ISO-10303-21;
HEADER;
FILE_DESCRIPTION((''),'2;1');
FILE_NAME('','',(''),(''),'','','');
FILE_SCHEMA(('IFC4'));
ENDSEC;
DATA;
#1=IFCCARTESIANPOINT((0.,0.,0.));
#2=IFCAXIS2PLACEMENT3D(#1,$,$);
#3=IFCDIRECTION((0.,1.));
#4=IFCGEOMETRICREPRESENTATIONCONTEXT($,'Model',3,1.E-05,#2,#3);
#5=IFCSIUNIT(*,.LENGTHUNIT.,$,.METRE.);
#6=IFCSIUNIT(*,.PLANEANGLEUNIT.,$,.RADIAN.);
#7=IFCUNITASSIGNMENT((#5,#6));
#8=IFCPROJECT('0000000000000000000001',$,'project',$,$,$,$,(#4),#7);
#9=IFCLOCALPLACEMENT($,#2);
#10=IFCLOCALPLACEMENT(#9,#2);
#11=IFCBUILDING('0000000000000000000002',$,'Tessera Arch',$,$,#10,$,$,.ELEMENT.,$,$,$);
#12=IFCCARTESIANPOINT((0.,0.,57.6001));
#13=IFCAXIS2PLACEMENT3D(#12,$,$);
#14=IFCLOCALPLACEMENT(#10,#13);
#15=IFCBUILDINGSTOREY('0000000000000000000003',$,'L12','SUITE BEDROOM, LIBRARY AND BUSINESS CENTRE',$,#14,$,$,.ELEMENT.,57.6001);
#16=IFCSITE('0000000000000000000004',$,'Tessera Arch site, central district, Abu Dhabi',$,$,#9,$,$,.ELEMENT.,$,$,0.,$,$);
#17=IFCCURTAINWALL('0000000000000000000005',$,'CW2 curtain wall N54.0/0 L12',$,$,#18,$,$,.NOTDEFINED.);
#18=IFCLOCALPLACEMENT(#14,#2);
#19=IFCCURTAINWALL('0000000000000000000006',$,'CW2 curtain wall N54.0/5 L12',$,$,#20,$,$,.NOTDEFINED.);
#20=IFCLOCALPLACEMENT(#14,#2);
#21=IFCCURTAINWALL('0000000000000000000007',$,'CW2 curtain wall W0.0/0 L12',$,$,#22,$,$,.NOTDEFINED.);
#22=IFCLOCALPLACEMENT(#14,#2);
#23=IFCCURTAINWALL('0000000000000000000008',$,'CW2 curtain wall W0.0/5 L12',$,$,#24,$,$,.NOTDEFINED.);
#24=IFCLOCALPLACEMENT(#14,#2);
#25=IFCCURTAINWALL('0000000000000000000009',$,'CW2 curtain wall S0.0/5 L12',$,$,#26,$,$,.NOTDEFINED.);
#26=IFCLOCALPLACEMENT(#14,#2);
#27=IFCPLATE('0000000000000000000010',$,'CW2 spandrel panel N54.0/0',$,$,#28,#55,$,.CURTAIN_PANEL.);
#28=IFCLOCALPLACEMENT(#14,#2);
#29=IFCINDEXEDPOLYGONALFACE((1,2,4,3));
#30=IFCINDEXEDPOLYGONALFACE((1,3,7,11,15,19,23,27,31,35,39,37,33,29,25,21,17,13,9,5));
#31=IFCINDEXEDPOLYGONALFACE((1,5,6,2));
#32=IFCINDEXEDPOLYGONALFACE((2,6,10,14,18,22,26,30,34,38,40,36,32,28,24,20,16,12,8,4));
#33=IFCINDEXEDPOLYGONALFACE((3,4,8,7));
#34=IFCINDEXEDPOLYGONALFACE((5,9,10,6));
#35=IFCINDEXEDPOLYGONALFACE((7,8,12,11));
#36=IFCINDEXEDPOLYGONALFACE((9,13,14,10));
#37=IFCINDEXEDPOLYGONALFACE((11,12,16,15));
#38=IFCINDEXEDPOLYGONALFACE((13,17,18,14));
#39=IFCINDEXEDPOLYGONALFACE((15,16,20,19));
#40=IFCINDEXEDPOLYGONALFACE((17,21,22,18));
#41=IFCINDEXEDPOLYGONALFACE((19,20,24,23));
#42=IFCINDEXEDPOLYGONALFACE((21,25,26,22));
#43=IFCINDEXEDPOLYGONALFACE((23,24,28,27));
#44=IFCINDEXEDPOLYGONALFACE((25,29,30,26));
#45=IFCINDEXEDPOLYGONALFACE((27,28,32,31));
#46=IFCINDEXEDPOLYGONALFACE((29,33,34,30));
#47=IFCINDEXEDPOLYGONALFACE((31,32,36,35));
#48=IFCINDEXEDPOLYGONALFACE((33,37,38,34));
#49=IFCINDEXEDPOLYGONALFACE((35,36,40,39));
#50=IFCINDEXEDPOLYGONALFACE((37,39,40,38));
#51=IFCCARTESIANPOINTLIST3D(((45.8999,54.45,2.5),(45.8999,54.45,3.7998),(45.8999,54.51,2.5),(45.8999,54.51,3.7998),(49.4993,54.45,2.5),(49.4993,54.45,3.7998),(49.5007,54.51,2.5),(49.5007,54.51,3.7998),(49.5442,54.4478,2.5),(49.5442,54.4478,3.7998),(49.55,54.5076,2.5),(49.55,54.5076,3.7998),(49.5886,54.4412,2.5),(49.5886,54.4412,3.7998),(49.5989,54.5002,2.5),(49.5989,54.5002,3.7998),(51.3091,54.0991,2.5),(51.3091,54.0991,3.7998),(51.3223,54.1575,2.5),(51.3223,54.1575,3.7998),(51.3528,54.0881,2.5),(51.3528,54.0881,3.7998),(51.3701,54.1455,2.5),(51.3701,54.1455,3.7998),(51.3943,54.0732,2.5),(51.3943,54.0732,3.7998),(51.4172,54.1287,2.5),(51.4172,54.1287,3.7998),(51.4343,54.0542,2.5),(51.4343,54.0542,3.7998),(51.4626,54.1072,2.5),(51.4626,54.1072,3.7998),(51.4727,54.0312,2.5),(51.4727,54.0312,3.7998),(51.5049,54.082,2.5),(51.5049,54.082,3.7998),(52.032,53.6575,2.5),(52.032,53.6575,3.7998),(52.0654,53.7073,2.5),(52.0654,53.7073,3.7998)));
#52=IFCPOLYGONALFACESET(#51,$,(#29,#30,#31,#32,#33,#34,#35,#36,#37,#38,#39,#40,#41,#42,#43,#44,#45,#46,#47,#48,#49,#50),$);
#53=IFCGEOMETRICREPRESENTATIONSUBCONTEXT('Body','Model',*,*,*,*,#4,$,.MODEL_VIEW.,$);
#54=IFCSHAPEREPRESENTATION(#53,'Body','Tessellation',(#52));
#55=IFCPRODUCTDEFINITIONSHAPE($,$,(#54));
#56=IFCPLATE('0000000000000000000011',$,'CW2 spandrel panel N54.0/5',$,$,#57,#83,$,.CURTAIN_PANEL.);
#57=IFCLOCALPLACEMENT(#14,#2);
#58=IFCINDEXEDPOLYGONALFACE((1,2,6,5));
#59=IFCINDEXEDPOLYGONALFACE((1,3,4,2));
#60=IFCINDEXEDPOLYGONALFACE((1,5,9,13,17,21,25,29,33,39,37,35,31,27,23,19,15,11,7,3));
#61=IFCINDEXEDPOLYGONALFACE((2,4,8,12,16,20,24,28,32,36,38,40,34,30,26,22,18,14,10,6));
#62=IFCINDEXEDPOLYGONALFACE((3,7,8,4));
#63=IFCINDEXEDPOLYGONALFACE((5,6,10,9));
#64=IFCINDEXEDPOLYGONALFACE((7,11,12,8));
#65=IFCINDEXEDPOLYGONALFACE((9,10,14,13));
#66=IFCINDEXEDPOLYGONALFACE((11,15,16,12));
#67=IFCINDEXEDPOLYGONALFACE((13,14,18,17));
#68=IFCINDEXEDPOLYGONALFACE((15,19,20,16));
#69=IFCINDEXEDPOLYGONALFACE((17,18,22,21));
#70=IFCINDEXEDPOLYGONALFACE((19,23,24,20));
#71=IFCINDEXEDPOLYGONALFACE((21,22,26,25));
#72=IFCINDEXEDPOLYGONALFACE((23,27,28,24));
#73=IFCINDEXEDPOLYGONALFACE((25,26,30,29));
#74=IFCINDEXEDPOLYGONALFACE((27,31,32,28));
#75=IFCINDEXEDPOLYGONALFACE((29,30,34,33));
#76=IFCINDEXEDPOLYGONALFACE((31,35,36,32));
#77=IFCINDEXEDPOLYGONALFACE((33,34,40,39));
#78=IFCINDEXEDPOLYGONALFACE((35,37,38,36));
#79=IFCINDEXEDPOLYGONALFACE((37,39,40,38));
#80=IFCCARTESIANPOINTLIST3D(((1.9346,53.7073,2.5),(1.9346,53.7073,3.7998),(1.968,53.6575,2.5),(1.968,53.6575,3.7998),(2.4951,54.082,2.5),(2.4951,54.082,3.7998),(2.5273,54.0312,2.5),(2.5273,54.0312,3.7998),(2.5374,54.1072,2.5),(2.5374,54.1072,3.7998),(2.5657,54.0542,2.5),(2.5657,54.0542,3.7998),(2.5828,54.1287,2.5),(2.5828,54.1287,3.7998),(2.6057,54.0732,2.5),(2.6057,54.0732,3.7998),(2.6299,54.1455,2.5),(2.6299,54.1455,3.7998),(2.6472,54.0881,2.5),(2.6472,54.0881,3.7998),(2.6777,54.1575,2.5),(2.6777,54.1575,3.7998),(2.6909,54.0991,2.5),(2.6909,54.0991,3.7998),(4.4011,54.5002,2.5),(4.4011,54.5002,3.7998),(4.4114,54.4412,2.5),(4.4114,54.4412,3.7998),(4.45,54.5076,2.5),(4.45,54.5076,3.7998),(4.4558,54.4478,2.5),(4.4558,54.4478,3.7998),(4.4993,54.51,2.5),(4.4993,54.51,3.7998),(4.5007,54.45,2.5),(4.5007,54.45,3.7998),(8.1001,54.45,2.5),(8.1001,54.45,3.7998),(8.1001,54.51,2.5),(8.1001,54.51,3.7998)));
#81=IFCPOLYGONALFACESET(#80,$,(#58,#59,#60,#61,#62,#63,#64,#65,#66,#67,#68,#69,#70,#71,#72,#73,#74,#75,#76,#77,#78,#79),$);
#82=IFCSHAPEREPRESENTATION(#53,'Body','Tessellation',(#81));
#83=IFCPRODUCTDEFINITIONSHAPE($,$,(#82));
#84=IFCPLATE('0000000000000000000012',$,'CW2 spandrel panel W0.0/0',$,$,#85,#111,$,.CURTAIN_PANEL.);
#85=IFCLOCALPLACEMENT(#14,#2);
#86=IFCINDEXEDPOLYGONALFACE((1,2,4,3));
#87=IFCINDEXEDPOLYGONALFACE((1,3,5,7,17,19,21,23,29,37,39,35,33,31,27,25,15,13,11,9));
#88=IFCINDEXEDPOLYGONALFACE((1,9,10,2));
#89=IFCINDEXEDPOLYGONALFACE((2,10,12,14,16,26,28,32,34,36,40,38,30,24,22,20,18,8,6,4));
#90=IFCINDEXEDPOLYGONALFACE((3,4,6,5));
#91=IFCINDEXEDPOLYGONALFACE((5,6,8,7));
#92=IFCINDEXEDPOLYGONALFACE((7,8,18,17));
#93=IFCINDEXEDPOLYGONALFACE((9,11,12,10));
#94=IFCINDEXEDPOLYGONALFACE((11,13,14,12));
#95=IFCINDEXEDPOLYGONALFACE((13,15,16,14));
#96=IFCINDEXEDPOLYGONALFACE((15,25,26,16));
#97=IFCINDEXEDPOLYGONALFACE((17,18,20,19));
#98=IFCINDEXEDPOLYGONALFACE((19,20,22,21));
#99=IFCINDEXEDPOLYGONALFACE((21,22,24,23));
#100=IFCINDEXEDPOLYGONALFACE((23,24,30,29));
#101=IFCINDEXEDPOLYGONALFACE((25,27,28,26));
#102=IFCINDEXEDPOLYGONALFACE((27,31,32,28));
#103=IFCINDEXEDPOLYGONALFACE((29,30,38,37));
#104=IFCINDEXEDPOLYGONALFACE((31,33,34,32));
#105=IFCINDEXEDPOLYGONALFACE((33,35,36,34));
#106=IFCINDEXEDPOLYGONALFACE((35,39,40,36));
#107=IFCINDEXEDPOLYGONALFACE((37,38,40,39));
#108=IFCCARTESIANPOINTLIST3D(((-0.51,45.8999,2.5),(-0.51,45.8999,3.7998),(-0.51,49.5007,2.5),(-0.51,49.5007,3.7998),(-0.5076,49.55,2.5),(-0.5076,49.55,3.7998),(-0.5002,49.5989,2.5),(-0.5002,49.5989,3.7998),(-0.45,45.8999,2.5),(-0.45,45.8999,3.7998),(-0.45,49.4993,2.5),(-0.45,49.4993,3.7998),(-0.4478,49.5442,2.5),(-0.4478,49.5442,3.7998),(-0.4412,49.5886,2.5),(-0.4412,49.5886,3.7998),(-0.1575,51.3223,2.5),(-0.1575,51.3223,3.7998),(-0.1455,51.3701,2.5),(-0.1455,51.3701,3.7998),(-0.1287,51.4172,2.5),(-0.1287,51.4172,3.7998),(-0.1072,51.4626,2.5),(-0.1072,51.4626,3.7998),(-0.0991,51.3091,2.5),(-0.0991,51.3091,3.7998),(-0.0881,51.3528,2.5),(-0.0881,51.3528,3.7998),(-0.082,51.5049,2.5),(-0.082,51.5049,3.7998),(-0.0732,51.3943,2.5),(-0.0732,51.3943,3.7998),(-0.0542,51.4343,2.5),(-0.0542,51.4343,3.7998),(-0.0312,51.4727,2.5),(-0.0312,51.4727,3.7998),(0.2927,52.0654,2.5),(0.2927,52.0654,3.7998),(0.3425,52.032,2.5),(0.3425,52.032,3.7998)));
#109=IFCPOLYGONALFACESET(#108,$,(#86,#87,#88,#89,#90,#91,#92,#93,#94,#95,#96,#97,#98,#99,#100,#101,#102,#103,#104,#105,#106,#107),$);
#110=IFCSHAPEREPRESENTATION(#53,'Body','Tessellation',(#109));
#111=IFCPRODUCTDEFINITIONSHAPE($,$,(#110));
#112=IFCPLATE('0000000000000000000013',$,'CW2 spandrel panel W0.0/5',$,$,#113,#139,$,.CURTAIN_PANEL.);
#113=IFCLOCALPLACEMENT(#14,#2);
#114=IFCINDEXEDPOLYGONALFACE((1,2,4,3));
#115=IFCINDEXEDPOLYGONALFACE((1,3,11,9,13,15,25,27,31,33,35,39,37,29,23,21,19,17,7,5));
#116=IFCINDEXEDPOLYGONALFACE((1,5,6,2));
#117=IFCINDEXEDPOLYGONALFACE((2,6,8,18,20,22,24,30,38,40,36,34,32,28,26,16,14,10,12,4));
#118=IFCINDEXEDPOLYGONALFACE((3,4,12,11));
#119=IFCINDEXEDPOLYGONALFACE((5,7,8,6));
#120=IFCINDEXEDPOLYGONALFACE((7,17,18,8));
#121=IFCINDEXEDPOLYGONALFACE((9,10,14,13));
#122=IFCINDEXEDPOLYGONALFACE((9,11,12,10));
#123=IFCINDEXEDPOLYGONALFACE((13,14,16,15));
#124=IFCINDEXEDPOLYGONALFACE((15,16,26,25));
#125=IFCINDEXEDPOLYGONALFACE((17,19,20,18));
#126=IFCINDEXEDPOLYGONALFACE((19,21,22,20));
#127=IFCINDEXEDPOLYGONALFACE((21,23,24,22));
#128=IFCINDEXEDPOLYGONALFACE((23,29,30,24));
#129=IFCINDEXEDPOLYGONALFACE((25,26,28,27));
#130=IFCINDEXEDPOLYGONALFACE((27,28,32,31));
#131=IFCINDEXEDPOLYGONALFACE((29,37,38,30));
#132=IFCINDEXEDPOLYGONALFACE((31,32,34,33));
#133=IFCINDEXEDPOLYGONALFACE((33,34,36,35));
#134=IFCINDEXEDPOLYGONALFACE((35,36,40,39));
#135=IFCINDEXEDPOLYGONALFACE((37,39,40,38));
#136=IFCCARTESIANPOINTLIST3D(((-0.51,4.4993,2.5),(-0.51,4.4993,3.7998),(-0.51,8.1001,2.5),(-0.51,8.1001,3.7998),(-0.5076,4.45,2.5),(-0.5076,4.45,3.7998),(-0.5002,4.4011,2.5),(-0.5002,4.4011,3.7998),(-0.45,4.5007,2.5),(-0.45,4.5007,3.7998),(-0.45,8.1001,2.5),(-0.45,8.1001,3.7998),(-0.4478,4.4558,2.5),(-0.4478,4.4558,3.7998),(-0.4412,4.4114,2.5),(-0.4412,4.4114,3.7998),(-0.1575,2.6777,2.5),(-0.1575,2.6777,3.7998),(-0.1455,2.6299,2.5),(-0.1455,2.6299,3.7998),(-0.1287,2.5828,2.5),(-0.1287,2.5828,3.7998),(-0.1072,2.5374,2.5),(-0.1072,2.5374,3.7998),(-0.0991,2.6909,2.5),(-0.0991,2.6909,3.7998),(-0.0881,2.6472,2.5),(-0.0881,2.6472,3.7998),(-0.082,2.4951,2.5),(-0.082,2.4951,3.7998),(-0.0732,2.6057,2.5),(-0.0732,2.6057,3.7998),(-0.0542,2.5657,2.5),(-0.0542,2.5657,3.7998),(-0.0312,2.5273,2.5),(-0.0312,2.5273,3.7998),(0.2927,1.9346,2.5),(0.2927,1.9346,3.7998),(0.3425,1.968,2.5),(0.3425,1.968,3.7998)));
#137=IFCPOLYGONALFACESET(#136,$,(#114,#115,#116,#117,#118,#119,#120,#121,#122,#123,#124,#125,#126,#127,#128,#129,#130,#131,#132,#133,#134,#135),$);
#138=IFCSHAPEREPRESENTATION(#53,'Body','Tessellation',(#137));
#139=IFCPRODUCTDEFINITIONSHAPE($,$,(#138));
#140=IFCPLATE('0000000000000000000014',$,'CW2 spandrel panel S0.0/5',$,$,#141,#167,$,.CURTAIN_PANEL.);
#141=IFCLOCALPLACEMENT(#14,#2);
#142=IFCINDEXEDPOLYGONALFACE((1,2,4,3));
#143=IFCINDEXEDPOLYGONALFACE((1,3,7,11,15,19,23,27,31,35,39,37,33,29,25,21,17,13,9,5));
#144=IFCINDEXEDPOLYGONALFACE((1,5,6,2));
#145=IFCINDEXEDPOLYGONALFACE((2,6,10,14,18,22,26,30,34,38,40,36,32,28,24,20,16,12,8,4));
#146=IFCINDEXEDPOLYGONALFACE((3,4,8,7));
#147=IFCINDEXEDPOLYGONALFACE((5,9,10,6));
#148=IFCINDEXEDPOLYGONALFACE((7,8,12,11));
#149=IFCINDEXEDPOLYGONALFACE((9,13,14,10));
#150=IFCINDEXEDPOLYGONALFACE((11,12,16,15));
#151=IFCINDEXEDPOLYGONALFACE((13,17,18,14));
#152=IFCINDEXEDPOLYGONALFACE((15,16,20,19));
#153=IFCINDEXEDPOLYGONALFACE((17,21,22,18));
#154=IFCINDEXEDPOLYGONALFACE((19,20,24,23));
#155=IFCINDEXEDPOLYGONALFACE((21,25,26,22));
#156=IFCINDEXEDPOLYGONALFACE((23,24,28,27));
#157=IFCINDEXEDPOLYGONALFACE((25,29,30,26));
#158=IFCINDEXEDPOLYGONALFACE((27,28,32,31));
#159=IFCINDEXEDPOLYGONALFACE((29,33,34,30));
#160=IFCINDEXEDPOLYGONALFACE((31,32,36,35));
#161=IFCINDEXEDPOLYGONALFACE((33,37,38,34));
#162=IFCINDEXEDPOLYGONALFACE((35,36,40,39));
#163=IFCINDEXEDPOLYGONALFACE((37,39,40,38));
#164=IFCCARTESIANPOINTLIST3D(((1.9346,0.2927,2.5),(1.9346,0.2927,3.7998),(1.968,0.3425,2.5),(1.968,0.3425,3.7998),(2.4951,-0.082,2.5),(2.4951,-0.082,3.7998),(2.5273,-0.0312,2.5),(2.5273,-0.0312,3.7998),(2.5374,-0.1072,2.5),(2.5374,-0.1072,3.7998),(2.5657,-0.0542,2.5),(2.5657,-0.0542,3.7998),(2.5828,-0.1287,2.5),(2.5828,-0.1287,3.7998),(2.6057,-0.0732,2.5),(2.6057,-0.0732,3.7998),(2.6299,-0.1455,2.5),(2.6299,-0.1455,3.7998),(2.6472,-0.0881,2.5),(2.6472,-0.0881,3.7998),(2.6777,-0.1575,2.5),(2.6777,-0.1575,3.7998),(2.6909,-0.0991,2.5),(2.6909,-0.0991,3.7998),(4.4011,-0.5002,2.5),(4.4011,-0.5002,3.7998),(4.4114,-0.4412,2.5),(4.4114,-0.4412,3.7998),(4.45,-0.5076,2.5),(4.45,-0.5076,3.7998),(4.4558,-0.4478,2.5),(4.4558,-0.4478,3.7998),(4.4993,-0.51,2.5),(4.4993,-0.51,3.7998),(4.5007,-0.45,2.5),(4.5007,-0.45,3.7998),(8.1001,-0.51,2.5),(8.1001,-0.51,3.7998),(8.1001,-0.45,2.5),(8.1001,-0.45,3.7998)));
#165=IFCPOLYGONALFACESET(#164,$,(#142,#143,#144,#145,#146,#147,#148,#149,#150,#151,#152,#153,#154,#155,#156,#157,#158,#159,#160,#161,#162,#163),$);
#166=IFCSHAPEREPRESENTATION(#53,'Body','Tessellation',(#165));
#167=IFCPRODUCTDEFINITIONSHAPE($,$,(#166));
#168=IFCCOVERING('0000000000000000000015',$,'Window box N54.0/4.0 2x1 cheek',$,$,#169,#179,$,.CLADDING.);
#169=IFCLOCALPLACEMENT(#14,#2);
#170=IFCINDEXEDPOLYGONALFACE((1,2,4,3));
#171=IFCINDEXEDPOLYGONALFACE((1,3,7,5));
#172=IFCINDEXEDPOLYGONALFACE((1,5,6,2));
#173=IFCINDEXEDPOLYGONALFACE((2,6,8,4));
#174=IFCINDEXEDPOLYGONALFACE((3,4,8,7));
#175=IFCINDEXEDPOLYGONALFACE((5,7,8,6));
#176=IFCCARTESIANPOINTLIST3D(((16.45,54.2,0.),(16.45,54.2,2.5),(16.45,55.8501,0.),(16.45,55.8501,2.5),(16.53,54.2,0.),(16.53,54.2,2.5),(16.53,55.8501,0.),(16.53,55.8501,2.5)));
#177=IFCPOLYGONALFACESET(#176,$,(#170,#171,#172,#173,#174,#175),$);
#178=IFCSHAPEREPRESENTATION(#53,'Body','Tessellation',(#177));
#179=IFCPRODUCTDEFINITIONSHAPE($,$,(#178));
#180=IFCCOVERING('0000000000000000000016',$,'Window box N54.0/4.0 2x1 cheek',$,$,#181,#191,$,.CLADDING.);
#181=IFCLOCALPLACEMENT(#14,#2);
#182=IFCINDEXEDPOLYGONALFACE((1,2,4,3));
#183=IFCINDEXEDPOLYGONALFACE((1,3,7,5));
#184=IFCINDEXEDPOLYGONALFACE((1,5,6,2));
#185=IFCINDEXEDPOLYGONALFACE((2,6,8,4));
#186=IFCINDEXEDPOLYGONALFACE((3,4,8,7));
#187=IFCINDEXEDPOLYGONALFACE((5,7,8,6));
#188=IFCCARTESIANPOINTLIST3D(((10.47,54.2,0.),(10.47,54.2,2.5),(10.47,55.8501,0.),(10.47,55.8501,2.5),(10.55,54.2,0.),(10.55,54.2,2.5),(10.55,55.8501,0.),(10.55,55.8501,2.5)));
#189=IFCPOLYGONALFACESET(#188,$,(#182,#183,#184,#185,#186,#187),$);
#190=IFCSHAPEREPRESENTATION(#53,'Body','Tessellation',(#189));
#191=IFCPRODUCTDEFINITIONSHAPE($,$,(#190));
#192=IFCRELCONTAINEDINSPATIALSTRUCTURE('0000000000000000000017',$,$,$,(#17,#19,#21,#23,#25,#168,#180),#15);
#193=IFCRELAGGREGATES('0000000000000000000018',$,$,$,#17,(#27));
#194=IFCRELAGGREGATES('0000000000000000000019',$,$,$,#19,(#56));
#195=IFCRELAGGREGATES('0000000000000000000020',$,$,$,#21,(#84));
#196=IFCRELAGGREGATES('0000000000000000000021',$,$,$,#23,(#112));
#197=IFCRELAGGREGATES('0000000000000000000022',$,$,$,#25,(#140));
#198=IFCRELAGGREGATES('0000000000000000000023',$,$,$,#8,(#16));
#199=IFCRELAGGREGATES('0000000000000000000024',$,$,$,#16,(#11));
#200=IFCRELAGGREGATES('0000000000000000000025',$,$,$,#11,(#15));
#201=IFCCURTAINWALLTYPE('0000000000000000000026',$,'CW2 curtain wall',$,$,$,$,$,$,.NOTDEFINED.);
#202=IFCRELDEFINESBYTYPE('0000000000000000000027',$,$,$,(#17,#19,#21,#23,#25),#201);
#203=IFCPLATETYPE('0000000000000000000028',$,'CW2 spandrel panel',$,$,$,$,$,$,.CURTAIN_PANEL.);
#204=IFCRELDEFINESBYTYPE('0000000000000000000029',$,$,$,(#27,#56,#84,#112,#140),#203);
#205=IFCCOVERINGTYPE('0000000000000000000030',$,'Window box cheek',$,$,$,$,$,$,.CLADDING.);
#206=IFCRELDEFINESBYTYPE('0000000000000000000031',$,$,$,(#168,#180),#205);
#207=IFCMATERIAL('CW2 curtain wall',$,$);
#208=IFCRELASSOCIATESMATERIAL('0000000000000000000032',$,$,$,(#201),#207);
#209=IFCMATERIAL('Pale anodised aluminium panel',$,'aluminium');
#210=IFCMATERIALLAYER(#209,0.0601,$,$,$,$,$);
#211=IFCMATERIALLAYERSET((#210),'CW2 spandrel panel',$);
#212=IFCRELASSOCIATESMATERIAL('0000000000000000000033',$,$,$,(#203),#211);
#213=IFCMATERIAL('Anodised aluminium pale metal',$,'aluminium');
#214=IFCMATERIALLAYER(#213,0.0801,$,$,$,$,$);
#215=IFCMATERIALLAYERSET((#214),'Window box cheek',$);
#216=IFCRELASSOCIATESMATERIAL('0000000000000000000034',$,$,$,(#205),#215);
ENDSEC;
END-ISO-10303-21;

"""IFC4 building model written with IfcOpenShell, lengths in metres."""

from ifc_helpers import new_model, si_unit, direction, frame, origin, place, context, subcontext, project, spatial, polyline, outline, extrude, material, layer, layer_set, type_object, element, aggregate, save


model = new_model("IFC4")

# Units and contexts
model_context = context("Model", 3, precision=1e-05, world=origin(), true_north=direction((0.0, 1.0)))
body_context = subcontext(model_context, "Body", "Model", "MODEL_VIEW")
ifc_project = project(units=[si_unit("LENGTHUNIT", "METRE"), si_unit("PLANEANGLEUNIT", "RADIAN")], contexts=[model_context])

# Site, building, storey
site_placement = place(None, origin())
site = spatial("IfcSite", under=ifc_project, at=site_placement, Name="Tessera Arch site, central district, Abu Dhabi", CompositionType="ELEMENT", RefElevation=0.0)
building_placement = place(site_placement, origin())
building = spatial("IfcBuilding", under=site, at=building_placement, Name="Tessera Arch", CompositionType="ELEMENT")
storey_placement = place(building_placement, frame((0.0, 0.0, 57.6001)))
storey = spatial("IfcBuildingStorey", under=building, at=storey_placement, Name="L12", Description="SUITE BEDROOM, LIBRARY AND BUSINESS CENTRE", CompositionType="ELEMENT", Elevation=57.6001)

# Curtain walls
ifc_material_1 = material(Name="CW2 curtain wall")
curtain_wall_type = type_object("IfcCurtainWallType", Name="CW2 curtain wall", PredefinedType="NOTDEFINED", material=ifc_material_1)
curtain_wall_1_placement = place(storey_placement, origin())
curtain_wall_1 = element("IfcCurtainWall", 1, at=curtain_wall_1_placement, inside=storey, type_object=curtain_wall_type, Name="CW2 curtain wall N54.0/0 L12", PredefinedType="NOTDEFINED")
curtain_wall_2_placement = place(storey_placement, origin())
curtain_wall_2 = element("IfcCurtainWall", 2, at=curtain_wall_2_placement, inside=storey, type_object=curtain_wall_type, Name="CW2 curtain wall N54.0/5 L12", PredefinedType="NOTDEFINED")
curtain_wall_3_placement = place(storey_placement, origin())
curtain_wall_3 = element("IfcCurtainWall", 3, at=curtain_wall_3_placement, inside=storey, type_object=curtain_wall_type, Name="CW2 curtain wall W0.0/0 L12", PredefinedType="NOTDEFINED")
curtain_wall_4_placement = place(storey_placement, origin())
curtain_wall_4 = element("IfcCurtainWall", 4, at=curtain_wall_4_placement, inside=storey, type_object=curtain_wall_type, Name="CW2 curtain wall W0.0/5 L12", PredefinedType="NOTDEFINED")
curtain_wall_5_placement = place(storey_placement, origin())
curtain_wall_5 = element("IfcCurtainWall", 5, at=curtain_wall_5_placement, inside=storey, type_object=curtain_wall_type, Name="CW2 curtain wall S0.0/5 L12", PredefinedType="NOTDEFINED")

# Plates
ifc_material_2 = material(Name="Pale anodised aluminium panel", Category="aluminium")
ifc_layer_1 = layer(ifc_material_2, 0.0601)
ifc_layer_set_1 = layer_set([ifc_layer_1], Name="CW2 spandrel panel")
plate_type_1 = type_object("IfcPlateType", Name="CW2 spandrel panel", PredefinedType="CURTAIN_PANEL", material=ifc_layer_set_1)
plate_1_placement = place(storey_placement, frame((0.0, 0.0, 2.5)))
plate_1 = element("IfcPlate", 6, at=plate_1_placement, type_object=plate_type_1, Name="CW2 spandrel panel N54.0/0", PredefinedType="CURTAIN_PANEL", context=body_context, shape_type="SweptSolid", body=[
    extrude(outline(polyline([(51.4727, 54.0312), (52.032, 53.6575), (52.0654, 53.7073), (51.5049, 54.082), (51.4626, 54.1072), (51.4172, 54.1287), (51.3701, 54.1455), (51.3223, 54.1575), (49.5989, 54.5002), (49.55, 54.5076), (49.5007, 54.51), (45.8999, 54.51), (45.8999, 54.45), (49.4993, 54.45), (49.5442, 54.4478), (49.5886, 54.4412), (51.3091, 54.0991), (51.3528, 54.0881), (51.3943, 54.0732), (51.4343, 54.0542), (51.4727, 54.0312)])), origin(), (0.0, 0.0, 1.0), 1.2998),
])
aggregate(curtain_wall_1, [plate_1])
plate_2_placement = place(storey_placement, frame((0.0, 0.0, 2.5)))
plate_2 = element("IfcPlate", 7, at=plate_2_placement, type_object=plate_type_1, Name="CW2 spandrel panel N54.0/5", PredefinedType="CURTAIN_PANEL", context=body_context, shape_type="SweptSolid", body=[
    extrude(outline(polyline([(4.5007, 54.45), (8.1001, 54.45), (8.1001, 54.51), (4.4993, 54.51), (4.45, 54.5076), (4.4011, 54.5002), (2.6777, 54.1575), (2.6299, 54.1455), (2.5828, 54.1287), (2.5374, 54.1072), (2.4951, 54.082), (1.9346, 53.7073), (1.968, 53.6575), (2.5273, 54.0312), (2.5657, 54.0542), (2.6057, 54.0732), (2.6472, 54.0881), (2.6909, 54.0991), (4.4114, 54.4412), (4.4558, 54.4478), (4.5007, 54.45)])), origin(), (0.0, 0.0, 1.0), 1.2998),
])
aggregate(curtain_wall_2, [plate_2])
plate_3_placement = place(storey_placement, frame((0.0, 0.0, 2.5)))
plate_3 = element("IfcPlate", 8, at=plate_3_placement, type_object=plate_type_1, Name="CW2 spandrel panel W0.0/0", PredefinedType="CURTAIN_PANEL", context=body_context, shape_type="SweptSolid", body=[
    extrude(outline(polyline([(-0.0312, 51.4727), (0.3425, 52.032), (0.2927, 52.0654), (-0.082, 51.5049), (-0.1072, 51.4626), (-0.1287, 51.4172), (-0.1455, 51.3701), (-0.1575, 51.3223), (-0.5002, 49.5989), (-0.5076, 49.55), (-0.51, 49.5007), (-0.51, 45.8999), (-0.45, 45.8999), (-0.45, 49.4993), (-0.4478, 49.5442), (-0.4412, 49.5886), (-0.0991, 51.3091), (-0.0881, 51.3528), (-0.0732, 51.3943), (-0.0542, 51.4343), (-0.0312, 51.4727)])), origin(), (0.0, 0.0, 1.0), 1.2998),
])
aggregate(curtain_wall_3, [plate_3])
plate_4_placement = place(storey_placement, frame((0.0, 0.0, 2.5)))
plate_4 = element("IfcPlate", 9, at=plate_4_placement, type_object=plate_type_1, Name="CW2 spandrel panel W0.0/5", PredefinedType="CURTAIN_PANEL", context=body_context, shape_type="SweptSolid", body=[
    extrude(outline(polyline([(-0.45, 4.5007), (-0.45, 8.1001), (-0.51, 8.1001), (-0.51, 4.4993), (-0.5076, 4.45), (-0.5002, 4.4011), (-0.1575, 2.6777), (-0.1455, 2.6299), (-0.1287, 2.5828), (-0.1072, 2.5374), (-0.082, 2.4951), (0.2927, 1.9346), (0.3425, 1.968), (-0.0312, 2.5273), (-0.0542, 2.5657), (-0.0732, 2.6057), (-0.0881, 2.6472), (-0.0991, 2.6909), (-0.4412, 4.4114), (-0.4478, 4.4558), (-0.45, 4.5007)])), origin(), (0.0, 0.0, 1.0), 1.2998),
])
aggregate(curtain_wall_4, [plate_4])
plate_5_placement = place(storey_placement, frame((0.0, 0.0, 2.5)))
plate_5 = element("IfcPlate", 10, at=plate_5_placement, type_object=plate_type_1, Name="CW2 spandrel panel S0.0/5", PredefinedType="CURTAIN_PANEL", context=body_context, shape_type="SweptSolid", body=[
    extrude(outline(polyline([(2.5273, -0.0312), (1.968, 0.3425), (1.9346, 0.2927), (2.4951, -0.082), (2.5374, -0.1072), (2.5828, -0.1287), (2.6299, -0.1455), (2.6777, -0.1575), (4.4011, -0.5002), (4.45, -0.5076), (4.4993, -0.51), (8.1001, -0.51), (8.1001, -0.45), (4.5007, -0.45), (4.4558, -0.4478), (4.4114, -0.4412), (2.6909, -0.0991), (2.6472, -0.0881), (2.6057, -0.0732), (2.5657, -0.0542), (2.5273, -0.0312)])), origin(), (0.0, 0.0, 1.0), 1.2998),
])
aggregate(curtain_wall_5, [plate_5])

# Coverings
ifc_material_3 = material(Name="Anodised aluminium pale metal", Category="aluminium")
ifc_layer_2 = layer(ifc_material_3, 0.0801)
ifc_layer_set_2 = layer_set([ifc_layer_2], Name="Window box cheek")
covering_type_1 = type_object("IfcCoveringType", Name="Window box cheek", PredefinedType="CLADDING", material=ifc_layer_set_2)
covering_1_placement = place(storey_placement, origin())
element("IfcCovering", 11, at=covering_1_placement, inside=storey, type_object=covering_type_1, Name="Window box N54.0/4.0 2x1 cheek", PredefinedType="CLADDING", context=body_context, shape_type="SweptSolid", body=[
    extrude(outline(polyline([(16.53, 55.8501), (16.45, 55.8501), (16.45, 54.2), (16.53, 54.2), (16.53, 55.8501)])), origin(), (0.0, 0.0, 1.0), 2.5),
])
covering_2_placement = place(storey_placement, origin())
element("IfcCovering", 12, at=covering_2_placement, inside=storey, type_object=covering_type_1, Name="Window box N54.0/4.0 2x1 cheek", PredefinedType="CLADDING", context=body_context, shape_type="SweptSolid", body=[
    extrude(outline(polyline([(10.55, 55.8501), (10.47, 55.8501), (10.47, 54.2), (10.55, 54.2), (10.55, 55.8501)])), origin(), (0.0, 0.0, 1.0), 2.5),
])

save(model, "model.ifc")
